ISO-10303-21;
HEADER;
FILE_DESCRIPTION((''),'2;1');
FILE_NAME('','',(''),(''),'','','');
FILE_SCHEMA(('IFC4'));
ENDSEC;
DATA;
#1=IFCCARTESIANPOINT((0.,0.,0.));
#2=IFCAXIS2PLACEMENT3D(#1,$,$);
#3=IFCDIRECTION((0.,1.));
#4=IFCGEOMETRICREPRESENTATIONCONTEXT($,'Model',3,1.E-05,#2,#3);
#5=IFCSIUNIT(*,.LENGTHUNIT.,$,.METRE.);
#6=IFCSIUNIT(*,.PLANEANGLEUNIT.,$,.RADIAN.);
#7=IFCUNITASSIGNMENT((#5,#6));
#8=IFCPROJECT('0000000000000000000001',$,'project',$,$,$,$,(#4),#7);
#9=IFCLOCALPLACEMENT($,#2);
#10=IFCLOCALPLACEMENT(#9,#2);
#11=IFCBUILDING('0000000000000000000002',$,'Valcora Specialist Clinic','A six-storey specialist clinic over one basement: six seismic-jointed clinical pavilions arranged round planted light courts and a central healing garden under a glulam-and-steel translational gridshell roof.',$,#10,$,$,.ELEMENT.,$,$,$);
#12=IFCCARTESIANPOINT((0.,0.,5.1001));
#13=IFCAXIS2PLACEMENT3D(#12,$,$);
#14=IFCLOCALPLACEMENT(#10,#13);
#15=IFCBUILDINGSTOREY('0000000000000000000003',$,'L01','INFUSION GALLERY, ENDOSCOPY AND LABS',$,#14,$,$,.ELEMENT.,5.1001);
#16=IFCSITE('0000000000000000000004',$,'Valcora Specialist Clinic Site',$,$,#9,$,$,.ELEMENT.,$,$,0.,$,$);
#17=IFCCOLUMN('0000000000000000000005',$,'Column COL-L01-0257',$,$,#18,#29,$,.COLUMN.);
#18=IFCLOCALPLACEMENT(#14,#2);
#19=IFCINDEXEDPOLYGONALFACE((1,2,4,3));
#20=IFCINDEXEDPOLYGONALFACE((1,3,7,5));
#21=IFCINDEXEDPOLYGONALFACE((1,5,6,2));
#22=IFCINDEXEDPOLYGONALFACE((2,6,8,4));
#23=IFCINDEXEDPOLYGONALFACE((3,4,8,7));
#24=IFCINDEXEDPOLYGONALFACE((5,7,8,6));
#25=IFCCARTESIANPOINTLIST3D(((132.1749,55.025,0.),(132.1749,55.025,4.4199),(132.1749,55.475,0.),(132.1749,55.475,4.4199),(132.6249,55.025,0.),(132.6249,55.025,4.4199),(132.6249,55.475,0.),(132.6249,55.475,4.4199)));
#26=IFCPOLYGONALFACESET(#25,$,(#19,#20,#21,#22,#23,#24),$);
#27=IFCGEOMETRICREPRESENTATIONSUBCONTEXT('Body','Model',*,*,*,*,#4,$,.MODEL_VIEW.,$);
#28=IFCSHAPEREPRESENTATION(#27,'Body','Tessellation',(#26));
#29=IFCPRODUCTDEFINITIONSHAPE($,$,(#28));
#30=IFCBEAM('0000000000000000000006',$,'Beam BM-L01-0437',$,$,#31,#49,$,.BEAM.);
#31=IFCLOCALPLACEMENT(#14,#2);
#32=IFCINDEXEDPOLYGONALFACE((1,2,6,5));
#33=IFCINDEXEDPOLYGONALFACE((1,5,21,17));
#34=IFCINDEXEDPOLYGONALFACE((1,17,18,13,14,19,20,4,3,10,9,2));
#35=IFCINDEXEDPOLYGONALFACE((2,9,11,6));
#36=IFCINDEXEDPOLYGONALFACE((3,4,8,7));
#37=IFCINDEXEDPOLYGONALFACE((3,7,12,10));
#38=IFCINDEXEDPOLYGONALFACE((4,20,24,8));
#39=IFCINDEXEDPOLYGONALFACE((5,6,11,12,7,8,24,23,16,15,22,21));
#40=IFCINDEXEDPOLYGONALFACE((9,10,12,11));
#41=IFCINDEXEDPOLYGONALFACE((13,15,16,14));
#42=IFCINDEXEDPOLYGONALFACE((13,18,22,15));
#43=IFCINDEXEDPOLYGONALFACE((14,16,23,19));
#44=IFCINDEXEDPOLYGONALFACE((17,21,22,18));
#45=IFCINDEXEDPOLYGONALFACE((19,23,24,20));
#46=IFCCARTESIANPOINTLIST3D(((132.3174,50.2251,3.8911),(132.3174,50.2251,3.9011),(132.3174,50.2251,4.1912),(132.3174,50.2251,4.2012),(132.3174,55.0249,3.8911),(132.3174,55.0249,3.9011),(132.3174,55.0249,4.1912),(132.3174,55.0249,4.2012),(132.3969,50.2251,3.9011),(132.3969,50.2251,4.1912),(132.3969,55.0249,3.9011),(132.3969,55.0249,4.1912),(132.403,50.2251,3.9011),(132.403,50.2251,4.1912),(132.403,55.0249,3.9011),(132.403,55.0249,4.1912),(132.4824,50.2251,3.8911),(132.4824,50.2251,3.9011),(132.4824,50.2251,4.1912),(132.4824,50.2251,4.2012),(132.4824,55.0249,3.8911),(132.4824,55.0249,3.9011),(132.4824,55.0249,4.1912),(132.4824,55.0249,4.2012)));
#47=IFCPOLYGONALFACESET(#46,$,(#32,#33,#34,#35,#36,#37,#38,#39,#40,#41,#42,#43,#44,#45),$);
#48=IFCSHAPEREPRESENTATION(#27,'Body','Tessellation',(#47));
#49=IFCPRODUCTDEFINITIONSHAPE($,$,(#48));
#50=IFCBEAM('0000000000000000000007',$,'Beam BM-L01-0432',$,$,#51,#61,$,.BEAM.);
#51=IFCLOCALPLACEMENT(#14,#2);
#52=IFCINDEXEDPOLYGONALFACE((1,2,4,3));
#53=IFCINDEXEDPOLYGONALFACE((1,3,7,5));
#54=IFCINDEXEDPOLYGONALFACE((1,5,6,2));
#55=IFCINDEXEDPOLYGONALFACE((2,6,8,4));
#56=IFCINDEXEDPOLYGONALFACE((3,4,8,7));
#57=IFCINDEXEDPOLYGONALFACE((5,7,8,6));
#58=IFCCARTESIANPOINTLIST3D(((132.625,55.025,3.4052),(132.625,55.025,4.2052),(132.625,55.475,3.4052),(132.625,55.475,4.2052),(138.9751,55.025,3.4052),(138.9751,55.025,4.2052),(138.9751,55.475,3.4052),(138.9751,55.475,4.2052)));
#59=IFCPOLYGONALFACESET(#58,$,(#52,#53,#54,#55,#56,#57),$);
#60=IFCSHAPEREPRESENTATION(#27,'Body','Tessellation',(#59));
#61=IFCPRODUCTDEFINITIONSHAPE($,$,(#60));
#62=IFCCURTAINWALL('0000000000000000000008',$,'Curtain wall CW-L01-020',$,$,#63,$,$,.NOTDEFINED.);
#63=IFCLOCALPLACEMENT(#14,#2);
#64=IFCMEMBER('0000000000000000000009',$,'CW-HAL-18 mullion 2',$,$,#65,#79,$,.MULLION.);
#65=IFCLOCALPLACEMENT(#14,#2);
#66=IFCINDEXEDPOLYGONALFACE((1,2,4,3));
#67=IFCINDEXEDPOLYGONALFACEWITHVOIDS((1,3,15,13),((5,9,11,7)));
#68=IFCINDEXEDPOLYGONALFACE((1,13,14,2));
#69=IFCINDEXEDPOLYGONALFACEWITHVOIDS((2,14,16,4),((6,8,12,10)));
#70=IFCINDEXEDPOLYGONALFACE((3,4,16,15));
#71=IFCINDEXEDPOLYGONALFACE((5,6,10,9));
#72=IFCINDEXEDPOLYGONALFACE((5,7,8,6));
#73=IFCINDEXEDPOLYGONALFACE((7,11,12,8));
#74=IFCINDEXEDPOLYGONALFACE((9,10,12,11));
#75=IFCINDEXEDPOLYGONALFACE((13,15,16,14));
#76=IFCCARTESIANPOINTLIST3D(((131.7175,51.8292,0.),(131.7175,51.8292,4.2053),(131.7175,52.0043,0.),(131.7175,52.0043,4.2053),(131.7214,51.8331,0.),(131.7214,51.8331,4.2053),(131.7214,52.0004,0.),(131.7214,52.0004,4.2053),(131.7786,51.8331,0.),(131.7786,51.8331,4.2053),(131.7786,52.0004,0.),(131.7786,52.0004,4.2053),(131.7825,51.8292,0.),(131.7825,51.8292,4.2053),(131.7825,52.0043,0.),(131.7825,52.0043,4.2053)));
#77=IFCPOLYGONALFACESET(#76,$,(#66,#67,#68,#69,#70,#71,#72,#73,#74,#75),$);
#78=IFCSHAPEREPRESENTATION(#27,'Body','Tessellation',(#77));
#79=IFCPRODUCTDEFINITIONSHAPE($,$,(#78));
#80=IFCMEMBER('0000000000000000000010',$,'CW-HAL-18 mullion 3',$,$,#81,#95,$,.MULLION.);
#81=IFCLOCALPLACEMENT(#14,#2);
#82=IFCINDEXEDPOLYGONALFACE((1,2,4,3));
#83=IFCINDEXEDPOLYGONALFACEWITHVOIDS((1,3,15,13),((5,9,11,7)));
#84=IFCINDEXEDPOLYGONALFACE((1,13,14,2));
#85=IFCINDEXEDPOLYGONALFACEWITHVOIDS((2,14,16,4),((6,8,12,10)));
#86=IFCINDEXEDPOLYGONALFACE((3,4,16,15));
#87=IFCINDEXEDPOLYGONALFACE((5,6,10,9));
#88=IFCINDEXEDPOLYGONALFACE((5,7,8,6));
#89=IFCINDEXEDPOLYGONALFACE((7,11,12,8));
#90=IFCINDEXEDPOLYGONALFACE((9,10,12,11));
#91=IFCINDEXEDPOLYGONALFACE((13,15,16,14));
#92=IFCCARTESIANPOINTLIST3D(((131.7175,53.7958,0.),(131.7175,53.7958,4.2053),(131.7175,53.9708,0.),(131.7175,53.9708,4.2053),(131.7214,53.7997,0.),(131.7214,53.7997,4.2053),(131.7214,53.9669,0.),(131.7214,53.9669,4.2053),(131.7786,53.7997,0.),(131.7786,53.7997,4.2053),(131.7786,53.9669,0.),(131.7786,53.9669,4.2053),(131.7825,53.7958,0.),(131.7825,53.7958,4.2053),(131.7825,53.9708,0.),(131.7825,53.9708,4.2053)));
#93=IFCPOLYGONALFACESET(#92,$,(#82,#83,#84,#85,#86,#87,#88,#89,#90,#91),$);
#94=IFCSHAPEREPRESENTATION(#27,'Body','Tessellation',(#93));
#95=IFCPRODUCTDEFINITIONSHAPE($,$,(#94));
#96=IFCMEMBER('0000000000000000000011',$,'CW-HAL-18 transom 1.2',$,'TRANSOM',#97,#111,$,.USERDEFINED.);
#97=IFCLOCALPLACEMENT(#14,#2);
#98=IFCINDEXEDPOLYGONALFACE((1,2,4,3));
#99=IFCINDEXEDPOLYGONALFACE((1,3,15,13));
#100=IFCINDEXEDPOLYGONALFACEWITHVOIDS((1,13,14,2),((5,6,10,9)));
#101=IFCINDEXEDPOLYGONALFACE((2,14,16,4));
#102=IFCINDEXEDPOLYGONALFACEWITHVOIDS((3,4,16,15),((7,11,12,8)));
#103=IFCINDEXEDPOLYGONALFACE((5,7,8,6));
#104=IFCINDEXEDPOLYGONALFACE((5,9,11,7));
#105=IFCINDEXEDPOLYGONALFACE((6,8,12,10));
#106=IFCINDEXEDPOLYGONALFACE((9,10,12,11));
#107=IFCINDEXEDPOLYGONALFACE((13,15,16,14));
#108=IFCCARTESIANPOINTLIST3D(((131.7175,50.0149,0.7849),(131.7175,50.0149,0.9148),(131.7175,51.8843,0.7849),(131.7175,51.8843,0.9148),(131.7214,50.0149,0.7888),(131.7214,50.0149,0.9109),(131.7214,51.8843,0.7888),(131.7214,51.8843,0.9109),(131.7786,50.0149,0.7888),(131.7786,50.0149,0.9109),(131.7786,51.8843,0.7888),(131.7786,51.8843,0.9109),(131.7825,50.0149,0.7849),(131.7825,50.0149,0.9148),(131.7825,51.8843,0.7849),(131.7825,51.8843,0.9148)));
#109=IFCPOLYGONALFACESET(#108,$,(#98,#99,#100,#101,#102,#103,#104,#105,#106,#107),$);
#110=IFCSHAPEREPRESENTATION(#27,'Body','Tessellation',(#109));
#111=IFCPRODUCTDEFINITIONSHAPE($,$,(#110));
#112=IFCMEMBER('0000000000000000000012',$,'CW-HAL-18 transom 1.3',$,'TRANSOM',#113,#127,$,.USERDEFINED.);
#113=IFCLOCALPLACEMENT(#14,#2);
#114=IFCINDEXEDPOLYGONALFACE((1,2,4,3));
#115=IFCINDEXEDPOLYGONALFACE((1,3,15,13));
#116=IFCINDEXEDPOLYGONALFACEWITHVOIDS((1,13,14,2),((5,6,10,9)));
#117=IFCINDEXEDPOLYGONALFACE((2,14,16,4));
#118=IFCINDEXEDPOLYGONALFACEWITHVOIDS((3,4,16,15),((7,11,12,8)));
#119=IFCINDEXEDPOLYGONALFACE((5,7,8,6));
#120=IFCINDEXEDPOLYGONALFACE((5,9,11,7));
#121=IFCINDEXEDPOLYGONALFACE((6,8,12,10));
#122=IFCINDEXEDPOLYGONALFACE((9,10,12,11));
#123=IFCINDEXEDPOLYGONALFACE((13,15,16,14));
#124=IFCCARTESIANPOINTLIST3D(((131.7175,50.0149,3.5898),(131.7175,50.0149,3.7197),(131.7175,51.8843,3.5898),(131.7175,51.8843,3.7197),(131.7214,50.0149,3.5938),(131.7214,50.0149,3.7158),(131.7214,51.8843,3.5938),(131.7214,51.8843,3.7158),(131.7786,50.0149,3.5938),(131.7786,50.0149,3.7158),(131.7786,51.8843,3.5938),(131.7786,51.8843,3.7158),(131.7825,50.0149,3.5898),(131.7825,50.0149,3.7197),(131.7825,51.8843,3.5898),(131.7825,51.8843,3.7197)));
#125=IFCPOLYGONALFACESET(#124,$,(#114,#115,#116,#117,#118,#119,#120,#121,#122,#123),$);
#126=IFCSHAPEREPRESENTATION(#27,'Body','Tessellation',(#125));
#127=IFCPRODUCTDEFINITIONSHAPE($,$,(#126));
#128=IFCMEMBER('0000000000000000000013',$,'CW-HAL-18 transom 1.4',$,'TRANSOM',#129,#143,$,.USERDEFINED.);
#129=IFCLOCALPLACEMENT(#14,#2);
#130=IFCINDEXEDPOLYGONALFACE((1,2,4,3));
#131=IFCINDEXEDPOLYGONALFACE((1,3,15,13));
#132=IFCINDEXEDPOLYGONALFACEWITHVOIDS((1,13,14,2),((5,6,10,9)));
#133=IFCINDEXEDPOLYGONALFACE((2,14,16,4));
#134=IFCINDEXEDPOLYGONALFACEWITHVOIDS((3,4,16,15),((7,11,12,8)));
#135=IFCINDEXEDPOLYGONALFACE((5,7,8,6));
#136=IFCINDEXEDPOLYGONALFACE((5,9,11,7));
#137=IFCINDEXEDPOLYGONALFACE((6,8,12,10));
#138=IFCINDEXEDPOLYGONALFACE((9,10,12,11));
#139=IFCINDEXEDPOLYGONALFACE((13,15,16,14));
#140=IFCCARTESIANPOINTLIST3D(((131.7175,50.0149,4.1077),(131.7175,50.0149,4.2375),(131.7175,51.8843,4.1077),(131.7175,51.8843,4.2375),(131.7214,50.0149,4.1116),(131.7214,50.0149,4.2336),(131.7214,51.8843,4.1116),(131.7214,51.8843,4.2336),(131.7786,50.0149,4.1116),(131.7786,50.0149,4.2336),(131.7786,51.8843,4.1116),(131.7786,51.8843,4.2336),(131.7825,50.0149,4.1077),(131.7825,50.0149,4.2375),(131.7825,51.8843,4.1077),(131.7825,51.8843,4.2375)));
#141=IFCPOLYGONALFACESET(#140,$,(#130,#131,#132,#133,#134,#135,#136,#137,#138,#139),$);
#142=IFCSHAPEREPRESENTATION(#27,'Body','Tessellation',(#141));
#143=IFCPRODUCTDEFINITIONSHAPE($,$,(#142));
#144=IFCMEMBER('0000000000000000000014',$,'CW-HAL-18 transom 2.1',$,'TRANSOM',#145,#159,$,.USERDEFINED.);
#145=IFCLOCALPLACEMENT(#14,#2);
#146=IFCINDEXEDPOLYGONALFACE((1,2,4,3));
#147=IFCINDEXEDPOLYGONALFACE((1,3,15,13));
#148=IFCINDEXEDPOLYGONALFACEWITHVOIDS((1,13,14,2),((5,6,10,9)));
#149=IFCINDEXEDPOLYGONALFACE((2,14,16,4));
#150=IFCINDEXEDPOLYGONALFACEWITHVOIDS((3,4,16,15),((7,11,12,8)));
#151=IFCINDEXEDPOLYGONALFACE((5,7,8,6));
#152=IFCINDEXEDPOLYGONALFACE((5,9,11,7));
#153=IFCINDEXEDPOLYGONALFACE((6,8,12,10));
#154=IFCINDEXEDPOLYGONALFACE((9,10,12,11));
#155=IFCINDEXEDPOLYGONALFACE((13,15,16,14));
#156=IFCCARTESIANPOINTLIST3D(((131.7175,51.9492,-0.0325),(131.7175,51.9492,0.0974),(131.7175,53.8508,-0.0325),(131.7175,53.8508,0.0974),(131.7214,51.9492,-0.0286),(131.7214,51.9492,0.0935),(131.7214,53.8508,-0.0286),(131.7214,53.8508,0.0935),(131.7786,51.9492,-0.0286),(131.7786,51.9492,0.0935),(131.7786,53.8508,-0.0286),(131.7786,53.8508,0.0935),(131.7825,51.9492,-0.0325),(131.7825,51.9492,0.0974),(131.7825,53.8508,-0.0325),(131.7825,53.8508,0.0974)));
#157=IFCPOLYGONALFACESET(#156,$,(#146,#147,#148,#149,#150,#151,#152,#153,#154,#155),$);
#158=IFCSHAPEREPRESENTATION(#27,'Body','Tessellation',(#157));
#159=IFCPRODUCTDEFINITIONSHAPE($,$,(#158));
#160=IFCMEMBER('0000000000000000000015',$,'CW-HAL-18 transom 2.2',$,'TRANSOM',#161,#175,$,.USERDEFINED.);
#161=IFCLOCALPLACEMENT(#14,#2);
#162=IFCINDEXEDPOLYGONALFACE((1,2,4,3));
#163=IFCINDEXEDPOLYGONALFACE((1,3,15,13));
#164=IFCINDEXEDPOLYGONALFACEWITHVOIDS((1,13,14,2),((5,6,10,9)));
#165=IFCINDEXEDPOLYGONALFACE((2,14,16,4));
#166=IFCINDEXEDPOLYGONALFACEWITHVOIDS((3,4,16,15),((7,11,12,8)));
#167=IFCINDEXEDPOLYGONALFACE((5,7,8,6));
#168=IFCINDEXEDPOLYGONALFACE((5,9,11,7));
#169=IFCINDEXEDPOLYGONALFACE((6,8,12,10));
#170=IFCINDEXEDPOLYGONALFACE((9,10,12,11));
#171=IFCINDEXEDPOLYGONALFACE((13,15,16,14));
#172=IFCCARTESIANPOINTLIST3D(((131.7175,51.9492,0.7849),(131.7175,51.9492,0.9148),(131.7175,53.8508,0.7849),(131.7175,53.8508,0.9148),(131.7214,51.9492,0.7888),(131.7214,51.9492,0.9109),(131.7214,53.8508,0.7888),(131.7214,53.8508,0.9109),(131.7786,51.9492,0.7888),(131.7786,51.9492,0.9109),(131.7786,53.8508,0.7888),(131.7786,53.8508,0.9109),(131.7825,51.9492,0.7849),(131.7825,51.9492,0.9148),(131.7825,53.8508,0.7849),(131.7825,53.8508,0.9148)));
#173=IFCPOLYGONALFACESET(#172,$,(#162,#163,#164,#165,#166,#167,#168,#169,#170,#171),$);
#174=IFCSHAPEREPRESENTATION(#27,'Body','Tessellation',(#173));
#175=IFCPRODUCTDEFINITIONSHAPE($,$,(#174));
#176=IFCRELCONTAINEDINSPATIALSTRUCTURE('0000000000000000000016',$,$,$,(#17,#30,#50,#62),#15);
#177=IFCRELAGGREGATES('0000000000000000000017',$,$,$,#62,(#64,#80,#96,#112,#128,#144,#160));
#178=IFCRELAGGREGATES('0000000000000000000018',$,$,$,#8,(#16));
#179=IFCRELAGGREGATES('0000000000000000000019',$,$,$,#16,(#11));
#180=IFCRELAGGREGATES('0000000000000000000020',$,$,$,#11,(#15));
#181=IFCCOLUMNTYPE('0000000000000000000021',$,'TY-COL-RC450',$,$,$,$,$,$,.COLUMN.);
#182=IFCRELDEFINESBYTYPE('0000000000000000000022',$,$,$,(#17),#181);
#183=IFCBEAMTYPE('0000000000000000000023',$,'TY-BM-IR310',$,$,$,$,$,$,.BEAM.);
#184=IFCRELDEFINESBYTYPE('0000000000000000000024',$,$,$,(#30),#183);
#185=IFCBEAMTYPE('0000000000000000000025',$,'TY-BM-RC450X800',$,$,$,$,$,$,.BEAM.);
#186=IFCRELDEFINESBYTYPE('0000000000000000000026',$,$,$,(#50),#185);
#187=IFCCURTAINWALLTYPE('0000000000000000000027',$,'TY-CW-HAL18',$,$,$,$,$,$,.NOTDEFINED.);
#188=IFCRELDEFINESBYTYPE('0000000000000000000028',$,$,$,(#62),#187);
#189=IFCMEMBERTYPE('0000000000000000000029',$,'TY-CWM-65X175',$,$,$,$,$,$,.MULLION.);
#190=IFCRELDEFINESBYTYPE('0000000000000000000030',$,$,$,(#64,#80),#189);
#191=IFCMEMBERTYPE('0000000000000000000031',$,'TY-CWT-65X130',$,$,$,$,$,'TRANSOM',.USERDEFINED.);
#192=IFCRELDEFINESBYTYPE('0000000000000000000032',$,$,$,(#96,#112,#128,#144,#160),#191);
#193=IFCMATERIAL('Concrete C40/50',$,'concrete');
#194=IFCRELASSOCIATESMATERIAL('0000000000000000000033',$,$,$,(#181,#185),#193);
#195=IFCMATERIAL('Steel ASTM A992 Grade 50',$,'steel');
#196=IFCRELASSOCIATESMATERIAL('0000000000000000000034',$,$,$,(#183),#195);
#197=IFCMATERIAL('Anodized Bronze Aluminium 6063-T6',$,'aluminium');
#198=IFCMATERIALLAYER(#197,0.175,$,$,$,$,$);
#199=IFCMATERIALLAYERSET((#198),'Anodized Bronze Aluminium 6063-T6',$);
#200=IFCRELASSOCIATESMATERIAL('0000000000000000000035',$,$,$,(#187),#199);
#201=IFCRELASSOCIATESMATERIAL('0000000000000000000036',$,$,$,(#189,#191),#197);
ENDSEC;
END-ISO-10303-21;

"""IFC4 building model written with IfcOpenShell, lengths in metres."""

from ifc_helpers import new_model, si_unit, direction, frame, origin, origin_2d, place, context, subcontext, project, spatial, rectangle, hollow_rectangle, i_section, extrude, material, layer, layer_set, material_profile, profile_set, type_object, element, aggregate, save


model = new_model("IFC4")

# Units and contexts
model_context = context("Model", 3, precision=1e-05, world=origin(), true_north=direction((0.0, 1.0)))
body_context = subcontext(model_context, "Body", "Model", "MODEL_VIEW")
ifc_project = project(units=[si_unit("LENGTHUNIT", "METRE"), si_unit("PLANEANGLEUNIT", "RADIAN")], contexts=[model_context])

# Site, building, storey
site_placement = place(None, origin())
site = spatial("IfcSite", under=ifc_project, at=site_placement, Name="Valcora Specialist Clinic Site", CompositionType="ELEMENT", RefElevation=0.0)
building_placement = place(site_placement, origin())
building = spatial("IfcBuilding", under=site, at=building_placement, Name="Valcora Specialist Clinic", Description="A six-storey specialist clinic over one basement: six seismic-jointed clinical pavilions arranged round planted light courts and a central healing garden under a glulam-and-steel translational gridshell roof.", CompositionType="ELEMENT")
storey_placement = place(building_placement, frame((0.0, 0.0, 5.1001)))
storey = spatial("IfcBuildingStorey", under=building, at=storey_placement, Name="L01", Description="INFUSION GALLERY, ENDOSCOPY AND LABS", CompositionType="ELEMENT", Elevation=5.1001)

# Column
ifc_material_1 = material(Name="Concrete C40/50", Category="concrete")
ifc_material_profile_1 = material_profile(ifc_material_1, rectangle(XDim=0.45, YDim=0.45, at=origin_2d()), Name="RC-COL-450X450")
ifc_profile_set_1 = profile_set([ifc_material_profile_1], Name="Concrete C40/50")
column_type = type_object("IfcColumnType", Name="TY-COL-RC450", PredefinedType="COLUMN", material=ifc_profile_set_1)
column_placement = place(storey_placement, frame((132.3999, 55.25, 0.0), z_axis=(0.0, 0.0, 1.0), x_axis=(1.0, 0.0, 0.0)))
element("IfcColumn", 1, at=column_placement, inside=storey, type_object=column_type, Name="Column COL-L01-0257", PredefinedType="COLUMN", context=body_context, shape_type="SweptSolid", body=[
    extrude(rectangle(XDim=0.45, YDim=0.45, at=origin_2d()), origin(), (0.0, 0.0, 1.0), 4.4199),
])

# Beams
ifc_material_2 = material(Name="Steel ASTM A992 Grade 50", Category="steel")
ifc_material_profile_2 = material_profile(ifc_material_2, i_section(OverallWidth=0.165, OverallDepth=0.3101, WebThickness=0.0061, FlangeThickness=0.01, at=origin_2d()), Name="ST-IR-310X165")
ifc_profile_set_2 = profile_set([ifc_material_profile_2], Name="Steel ASTM A992 Grade 50")
beam_type_1 = type_object("IfcBeamType", Name="TY-BM-IR310", PredefinedType="BEAM", material=ifc_profile_set_2)
beam_1_placement = place(storey_placement, frame((132.3999, 50.2251, 4.0461), z_axis=(0.0, 1.0, 0.0), x_axis=(-1.0, 0.0, 0.0)))
element("IfcBeam", 2, at=beam_1_placement, inside=storey, type_object=beam_type_1, Name="Beam BM-L01-0437", PredefinedType="BEAM", context=body_context, shape_type="SweptSolid", body=[
    extrude(i_section(OverallWidth=0.165, OverallDepth=0.3101, WebThickness=0.0061, FlangeThickness=0.01, at=origin_2d()), origin(), (0.0, 0.0, 1.0), 4.7998),
])
ifc_material_profile_3 = material_profile(ifc_material_1, rectangle(XDim=0.45, YDim=0.8, at=origin_2d()), Name="RC-BM-450X800")
ifc_profile_set_3 = profile_set([ifc_material_profile_3], Name="Concrete C40/50")
beam_type_2 = type_object("IfcBeamType", Name="TY-BM-RC450X800", PredefinedType="BEAM", material=ifc_profile_set_3)
beam_2_placement = place(storey_placement, frame((132.625, 55.25, 3.8052), z_axis=(1.0, 0.0, 0.0), x_axis=(0.0, 1.0, 0.0)))
element("IfcBeam", 3, at=beam_2_placement, inside=storey, type_object=beam_type_2, Name="Beam BM-L01-0432", PredefinedType="BEAM", context=body_context, shape_type="SweptSolid", body=[
    extrude(rectangle(XDim=0.45, YDim=0.8, at=origin_2d()), origin(), (0.0, 0.0, 1.0), 6.3501),
])

# Curtain wall, members
ifc_material_3 = material(Name="Anodized Bronze Aluminium 6063-T6", Category="aluminium")
ifc_layer_1 = layer(ifc_material_3, 0.175)
ifc_layer_set_1 = layer_set([ifc_layer_1], Name="Anodized Bronze Aluminium 6063-T6")
curtain_wall_type = type_object("IfcCurtainWallType", Name="TY-CW-HAL18", PredefinedType="NOTDEFINED", material=ifc_layer_set_1)
curtain_wall_placement = place(storey_placement, origin())
curtain_wall = element("IfcCurtainWall", 4, at=curtain_wall_placement, inside=storey, type_object=curtain_wall_type, Name="Curtain wall CW-L01-020", PredefinedType="NOTDEFINED")
ifc_material_profile_4 = material_profile(ifc_material_3, hollow_rectangle(XDim=0.0649, YDim=0.175, WallThickness=0.0039, at=origin_2d()), Name="AL-MUL-65X175")
ifc_profile_set_4 = profile_set([ifc_material_profile_4], Name="Anodized Bronze Aluminium 6063-T6")
member_type_1 = type_object("IfcMemberType", Name="TY-CWM-65X175", PredefinedType="MULLION", material=ifc_profile_set_4)
member_1_placement = place(storey_placement, frame((131.75, 51.9167, 0.0), z_axis=(0.0, 0.0, 1.0), x_axis=(-1.0, 0.0, 0.0)))
member_1 = element("IfcMember", 5, at=member_1_placement, type_object=member_type_1, Name="CW-HAL-18 mullion 2", PredefinedType="MULLION", context=body_context, shape_type="SweptSolid", body=[
    extrude(hollow_rectangle(XDim=0.0649, YDim=0.175, WallThickness=0.0039, at=origin_2d()), origin(), (0.0, 0.0, 1.0), 4.2053),
])
member_2_placement = place(storey_placement, frame((131.75, 53.8833, 0.0), z_axis=(0.0, 0.0, 1.0), x_axis=(-1.0, 0.0, 0.0)))
member_2 = element("IfcMember", 6, at=member_2_placement, type_object=member_type_1, Name="CW-HAL-18 mullion 3", PredefinedType="MULLION", context=body_context, shape_type="SweptSolid", body=[
    extrude(hollow_rectangle(XDim=0.0649, YDim=0.175, WallThickness=0.0039, at=origin_2d()), origin(), (0.0, 0.0, 1.0), 4.2053),
])
ifc_material_profile_5 = material_profile(ifc_material_3, hollow_rectangle(XDim=0.0649, YDim=0.1299, WallThickness=0.0039, at=origin_2d()), Name="AL-TRN-65X130")
ifc_profile_set_5 = profile_set([ifc_material_profile_5], Name="Anodized Bronze Aluminium 6063-T6")
member_type_2 = type_object("IfcMemberType", Name="TY-CWT-65X130", ElementType="TRANSOM", PredefinedType="USERDEFINED", material=ifc_profile_set_5)
member_3_placement = place(storey_placement, frame((131.75, 50.0149, 0.8499), z_axis=(0.0, 1.0, 0.0), x_axis=(-1.0, 0.0, 0.0)))
member_3 = element("IfcMember", 7, at=member_3_placement, type_object=member_type_2, Name="CW-HAL-18 transom 1.2", ObjectType="TRANSOM", PredefinedType="USERDEFINED", context=body_context, shape_type="SweptSolid", body=[
    extrude(hollow_rectangle(XDim=0.0649, YDim=0.1299, WallThickness=0.0039, at=origin_2d()), origin(), (0.0, 0.0, 1.0), 1.8694),
])
member_4_placement = place(storey_placement, frame((131.75, 50.0149, 3.6548), z_axis=(0.0, 1.0, 0.0), x_axis=(-1.0, 0.0, 0.0)))
member_4 = element("IfcMember", 8, at=member_4_placement, type_object=member_type_2, Name="CW-HAL-18 transom 1.3", ObjectType="TRANSOM", PredefinedType="USERDEFINED", context=body_context, shape_type="SweptSolid", body=[
    extrude(hollow_rectangle(XDim=0.0649, YDim=0.1299, WallThickness=0.0039, at=origin_2d()), origin(), (0.0, 0.0, 1.0), 1.8694),
])
member_5_placement = place(storey_placement, frame((131.75, 50.0149, 4.1726), z_axis=(0.0, 1.0, 0.0), x_axis=(-1.0, 0.0, 0.0)))
member_5 = element("IfcMember", 9, at=member_5_placement, type_object=member_type_2, Name="CW-HAL-18 transom 1.4", ObjectType="TRANSOM", PredefinedType="USERDEFINED", context=body_context, shape_type="SweptSolid", body=[
    extrude(hollow_rectangle(XDim=0.0649, YDim=0.1299, WallThickness=0.0039, at=origin_2d()), origin(), (0.0, 0.0, 1.0), 1.8694),
])
member_6_placement = place(storey_placement, frame((131.75, 51.9492, 0.0325), z_axis=(0.0, 1.0, 0.0), x_axis=(-1.0, 0.0, 0.0)))
member_6 = element("IfcMember", 10, at=member_6_placement, type_object=member_type_2, Name="CW-HAL-18 transom 2.1", ObjectType="TRANSOM", PredefinedType="USERDEFINED", context=body_context, shape_type="SweptSolid", body=[
    extrude(hollow_rectangle(XDim=0.0649, YDim=0.1299, WallThickness=0.0039, at=origin_2d()), origin(), (0.0, 0.0, 1.0), 1.9016),
])
member_7_placement = place(storey_placement, frame((131.75, 51.9492, 0.8499), z_axis=(0.0, 1.0, 0.0), x_axis=(-1.0, 0.0, 0.0)))
member_7 = element("IfcMember", 11, at=member_7_placement, type_object=member_type_2, Name="CW-HAL-18 transom 2.2", ObjectType="TRANSOM", PredefinedType="USERDEFINED", context=body_context, shape_type="SweptSolid", body=[
    extrude(hollow_rectangle(XDim=0.0649, YDim=0.1299, WallThickness=0.0039, at=origin_2d()), origin(), (0.0, 0.0, 1.0), 1.9016),
])
aggregate(curtain_wall, [member_1, member_2, member_3, member_4, member_5, member_6, member_7])

save(model, "model.ifc")
